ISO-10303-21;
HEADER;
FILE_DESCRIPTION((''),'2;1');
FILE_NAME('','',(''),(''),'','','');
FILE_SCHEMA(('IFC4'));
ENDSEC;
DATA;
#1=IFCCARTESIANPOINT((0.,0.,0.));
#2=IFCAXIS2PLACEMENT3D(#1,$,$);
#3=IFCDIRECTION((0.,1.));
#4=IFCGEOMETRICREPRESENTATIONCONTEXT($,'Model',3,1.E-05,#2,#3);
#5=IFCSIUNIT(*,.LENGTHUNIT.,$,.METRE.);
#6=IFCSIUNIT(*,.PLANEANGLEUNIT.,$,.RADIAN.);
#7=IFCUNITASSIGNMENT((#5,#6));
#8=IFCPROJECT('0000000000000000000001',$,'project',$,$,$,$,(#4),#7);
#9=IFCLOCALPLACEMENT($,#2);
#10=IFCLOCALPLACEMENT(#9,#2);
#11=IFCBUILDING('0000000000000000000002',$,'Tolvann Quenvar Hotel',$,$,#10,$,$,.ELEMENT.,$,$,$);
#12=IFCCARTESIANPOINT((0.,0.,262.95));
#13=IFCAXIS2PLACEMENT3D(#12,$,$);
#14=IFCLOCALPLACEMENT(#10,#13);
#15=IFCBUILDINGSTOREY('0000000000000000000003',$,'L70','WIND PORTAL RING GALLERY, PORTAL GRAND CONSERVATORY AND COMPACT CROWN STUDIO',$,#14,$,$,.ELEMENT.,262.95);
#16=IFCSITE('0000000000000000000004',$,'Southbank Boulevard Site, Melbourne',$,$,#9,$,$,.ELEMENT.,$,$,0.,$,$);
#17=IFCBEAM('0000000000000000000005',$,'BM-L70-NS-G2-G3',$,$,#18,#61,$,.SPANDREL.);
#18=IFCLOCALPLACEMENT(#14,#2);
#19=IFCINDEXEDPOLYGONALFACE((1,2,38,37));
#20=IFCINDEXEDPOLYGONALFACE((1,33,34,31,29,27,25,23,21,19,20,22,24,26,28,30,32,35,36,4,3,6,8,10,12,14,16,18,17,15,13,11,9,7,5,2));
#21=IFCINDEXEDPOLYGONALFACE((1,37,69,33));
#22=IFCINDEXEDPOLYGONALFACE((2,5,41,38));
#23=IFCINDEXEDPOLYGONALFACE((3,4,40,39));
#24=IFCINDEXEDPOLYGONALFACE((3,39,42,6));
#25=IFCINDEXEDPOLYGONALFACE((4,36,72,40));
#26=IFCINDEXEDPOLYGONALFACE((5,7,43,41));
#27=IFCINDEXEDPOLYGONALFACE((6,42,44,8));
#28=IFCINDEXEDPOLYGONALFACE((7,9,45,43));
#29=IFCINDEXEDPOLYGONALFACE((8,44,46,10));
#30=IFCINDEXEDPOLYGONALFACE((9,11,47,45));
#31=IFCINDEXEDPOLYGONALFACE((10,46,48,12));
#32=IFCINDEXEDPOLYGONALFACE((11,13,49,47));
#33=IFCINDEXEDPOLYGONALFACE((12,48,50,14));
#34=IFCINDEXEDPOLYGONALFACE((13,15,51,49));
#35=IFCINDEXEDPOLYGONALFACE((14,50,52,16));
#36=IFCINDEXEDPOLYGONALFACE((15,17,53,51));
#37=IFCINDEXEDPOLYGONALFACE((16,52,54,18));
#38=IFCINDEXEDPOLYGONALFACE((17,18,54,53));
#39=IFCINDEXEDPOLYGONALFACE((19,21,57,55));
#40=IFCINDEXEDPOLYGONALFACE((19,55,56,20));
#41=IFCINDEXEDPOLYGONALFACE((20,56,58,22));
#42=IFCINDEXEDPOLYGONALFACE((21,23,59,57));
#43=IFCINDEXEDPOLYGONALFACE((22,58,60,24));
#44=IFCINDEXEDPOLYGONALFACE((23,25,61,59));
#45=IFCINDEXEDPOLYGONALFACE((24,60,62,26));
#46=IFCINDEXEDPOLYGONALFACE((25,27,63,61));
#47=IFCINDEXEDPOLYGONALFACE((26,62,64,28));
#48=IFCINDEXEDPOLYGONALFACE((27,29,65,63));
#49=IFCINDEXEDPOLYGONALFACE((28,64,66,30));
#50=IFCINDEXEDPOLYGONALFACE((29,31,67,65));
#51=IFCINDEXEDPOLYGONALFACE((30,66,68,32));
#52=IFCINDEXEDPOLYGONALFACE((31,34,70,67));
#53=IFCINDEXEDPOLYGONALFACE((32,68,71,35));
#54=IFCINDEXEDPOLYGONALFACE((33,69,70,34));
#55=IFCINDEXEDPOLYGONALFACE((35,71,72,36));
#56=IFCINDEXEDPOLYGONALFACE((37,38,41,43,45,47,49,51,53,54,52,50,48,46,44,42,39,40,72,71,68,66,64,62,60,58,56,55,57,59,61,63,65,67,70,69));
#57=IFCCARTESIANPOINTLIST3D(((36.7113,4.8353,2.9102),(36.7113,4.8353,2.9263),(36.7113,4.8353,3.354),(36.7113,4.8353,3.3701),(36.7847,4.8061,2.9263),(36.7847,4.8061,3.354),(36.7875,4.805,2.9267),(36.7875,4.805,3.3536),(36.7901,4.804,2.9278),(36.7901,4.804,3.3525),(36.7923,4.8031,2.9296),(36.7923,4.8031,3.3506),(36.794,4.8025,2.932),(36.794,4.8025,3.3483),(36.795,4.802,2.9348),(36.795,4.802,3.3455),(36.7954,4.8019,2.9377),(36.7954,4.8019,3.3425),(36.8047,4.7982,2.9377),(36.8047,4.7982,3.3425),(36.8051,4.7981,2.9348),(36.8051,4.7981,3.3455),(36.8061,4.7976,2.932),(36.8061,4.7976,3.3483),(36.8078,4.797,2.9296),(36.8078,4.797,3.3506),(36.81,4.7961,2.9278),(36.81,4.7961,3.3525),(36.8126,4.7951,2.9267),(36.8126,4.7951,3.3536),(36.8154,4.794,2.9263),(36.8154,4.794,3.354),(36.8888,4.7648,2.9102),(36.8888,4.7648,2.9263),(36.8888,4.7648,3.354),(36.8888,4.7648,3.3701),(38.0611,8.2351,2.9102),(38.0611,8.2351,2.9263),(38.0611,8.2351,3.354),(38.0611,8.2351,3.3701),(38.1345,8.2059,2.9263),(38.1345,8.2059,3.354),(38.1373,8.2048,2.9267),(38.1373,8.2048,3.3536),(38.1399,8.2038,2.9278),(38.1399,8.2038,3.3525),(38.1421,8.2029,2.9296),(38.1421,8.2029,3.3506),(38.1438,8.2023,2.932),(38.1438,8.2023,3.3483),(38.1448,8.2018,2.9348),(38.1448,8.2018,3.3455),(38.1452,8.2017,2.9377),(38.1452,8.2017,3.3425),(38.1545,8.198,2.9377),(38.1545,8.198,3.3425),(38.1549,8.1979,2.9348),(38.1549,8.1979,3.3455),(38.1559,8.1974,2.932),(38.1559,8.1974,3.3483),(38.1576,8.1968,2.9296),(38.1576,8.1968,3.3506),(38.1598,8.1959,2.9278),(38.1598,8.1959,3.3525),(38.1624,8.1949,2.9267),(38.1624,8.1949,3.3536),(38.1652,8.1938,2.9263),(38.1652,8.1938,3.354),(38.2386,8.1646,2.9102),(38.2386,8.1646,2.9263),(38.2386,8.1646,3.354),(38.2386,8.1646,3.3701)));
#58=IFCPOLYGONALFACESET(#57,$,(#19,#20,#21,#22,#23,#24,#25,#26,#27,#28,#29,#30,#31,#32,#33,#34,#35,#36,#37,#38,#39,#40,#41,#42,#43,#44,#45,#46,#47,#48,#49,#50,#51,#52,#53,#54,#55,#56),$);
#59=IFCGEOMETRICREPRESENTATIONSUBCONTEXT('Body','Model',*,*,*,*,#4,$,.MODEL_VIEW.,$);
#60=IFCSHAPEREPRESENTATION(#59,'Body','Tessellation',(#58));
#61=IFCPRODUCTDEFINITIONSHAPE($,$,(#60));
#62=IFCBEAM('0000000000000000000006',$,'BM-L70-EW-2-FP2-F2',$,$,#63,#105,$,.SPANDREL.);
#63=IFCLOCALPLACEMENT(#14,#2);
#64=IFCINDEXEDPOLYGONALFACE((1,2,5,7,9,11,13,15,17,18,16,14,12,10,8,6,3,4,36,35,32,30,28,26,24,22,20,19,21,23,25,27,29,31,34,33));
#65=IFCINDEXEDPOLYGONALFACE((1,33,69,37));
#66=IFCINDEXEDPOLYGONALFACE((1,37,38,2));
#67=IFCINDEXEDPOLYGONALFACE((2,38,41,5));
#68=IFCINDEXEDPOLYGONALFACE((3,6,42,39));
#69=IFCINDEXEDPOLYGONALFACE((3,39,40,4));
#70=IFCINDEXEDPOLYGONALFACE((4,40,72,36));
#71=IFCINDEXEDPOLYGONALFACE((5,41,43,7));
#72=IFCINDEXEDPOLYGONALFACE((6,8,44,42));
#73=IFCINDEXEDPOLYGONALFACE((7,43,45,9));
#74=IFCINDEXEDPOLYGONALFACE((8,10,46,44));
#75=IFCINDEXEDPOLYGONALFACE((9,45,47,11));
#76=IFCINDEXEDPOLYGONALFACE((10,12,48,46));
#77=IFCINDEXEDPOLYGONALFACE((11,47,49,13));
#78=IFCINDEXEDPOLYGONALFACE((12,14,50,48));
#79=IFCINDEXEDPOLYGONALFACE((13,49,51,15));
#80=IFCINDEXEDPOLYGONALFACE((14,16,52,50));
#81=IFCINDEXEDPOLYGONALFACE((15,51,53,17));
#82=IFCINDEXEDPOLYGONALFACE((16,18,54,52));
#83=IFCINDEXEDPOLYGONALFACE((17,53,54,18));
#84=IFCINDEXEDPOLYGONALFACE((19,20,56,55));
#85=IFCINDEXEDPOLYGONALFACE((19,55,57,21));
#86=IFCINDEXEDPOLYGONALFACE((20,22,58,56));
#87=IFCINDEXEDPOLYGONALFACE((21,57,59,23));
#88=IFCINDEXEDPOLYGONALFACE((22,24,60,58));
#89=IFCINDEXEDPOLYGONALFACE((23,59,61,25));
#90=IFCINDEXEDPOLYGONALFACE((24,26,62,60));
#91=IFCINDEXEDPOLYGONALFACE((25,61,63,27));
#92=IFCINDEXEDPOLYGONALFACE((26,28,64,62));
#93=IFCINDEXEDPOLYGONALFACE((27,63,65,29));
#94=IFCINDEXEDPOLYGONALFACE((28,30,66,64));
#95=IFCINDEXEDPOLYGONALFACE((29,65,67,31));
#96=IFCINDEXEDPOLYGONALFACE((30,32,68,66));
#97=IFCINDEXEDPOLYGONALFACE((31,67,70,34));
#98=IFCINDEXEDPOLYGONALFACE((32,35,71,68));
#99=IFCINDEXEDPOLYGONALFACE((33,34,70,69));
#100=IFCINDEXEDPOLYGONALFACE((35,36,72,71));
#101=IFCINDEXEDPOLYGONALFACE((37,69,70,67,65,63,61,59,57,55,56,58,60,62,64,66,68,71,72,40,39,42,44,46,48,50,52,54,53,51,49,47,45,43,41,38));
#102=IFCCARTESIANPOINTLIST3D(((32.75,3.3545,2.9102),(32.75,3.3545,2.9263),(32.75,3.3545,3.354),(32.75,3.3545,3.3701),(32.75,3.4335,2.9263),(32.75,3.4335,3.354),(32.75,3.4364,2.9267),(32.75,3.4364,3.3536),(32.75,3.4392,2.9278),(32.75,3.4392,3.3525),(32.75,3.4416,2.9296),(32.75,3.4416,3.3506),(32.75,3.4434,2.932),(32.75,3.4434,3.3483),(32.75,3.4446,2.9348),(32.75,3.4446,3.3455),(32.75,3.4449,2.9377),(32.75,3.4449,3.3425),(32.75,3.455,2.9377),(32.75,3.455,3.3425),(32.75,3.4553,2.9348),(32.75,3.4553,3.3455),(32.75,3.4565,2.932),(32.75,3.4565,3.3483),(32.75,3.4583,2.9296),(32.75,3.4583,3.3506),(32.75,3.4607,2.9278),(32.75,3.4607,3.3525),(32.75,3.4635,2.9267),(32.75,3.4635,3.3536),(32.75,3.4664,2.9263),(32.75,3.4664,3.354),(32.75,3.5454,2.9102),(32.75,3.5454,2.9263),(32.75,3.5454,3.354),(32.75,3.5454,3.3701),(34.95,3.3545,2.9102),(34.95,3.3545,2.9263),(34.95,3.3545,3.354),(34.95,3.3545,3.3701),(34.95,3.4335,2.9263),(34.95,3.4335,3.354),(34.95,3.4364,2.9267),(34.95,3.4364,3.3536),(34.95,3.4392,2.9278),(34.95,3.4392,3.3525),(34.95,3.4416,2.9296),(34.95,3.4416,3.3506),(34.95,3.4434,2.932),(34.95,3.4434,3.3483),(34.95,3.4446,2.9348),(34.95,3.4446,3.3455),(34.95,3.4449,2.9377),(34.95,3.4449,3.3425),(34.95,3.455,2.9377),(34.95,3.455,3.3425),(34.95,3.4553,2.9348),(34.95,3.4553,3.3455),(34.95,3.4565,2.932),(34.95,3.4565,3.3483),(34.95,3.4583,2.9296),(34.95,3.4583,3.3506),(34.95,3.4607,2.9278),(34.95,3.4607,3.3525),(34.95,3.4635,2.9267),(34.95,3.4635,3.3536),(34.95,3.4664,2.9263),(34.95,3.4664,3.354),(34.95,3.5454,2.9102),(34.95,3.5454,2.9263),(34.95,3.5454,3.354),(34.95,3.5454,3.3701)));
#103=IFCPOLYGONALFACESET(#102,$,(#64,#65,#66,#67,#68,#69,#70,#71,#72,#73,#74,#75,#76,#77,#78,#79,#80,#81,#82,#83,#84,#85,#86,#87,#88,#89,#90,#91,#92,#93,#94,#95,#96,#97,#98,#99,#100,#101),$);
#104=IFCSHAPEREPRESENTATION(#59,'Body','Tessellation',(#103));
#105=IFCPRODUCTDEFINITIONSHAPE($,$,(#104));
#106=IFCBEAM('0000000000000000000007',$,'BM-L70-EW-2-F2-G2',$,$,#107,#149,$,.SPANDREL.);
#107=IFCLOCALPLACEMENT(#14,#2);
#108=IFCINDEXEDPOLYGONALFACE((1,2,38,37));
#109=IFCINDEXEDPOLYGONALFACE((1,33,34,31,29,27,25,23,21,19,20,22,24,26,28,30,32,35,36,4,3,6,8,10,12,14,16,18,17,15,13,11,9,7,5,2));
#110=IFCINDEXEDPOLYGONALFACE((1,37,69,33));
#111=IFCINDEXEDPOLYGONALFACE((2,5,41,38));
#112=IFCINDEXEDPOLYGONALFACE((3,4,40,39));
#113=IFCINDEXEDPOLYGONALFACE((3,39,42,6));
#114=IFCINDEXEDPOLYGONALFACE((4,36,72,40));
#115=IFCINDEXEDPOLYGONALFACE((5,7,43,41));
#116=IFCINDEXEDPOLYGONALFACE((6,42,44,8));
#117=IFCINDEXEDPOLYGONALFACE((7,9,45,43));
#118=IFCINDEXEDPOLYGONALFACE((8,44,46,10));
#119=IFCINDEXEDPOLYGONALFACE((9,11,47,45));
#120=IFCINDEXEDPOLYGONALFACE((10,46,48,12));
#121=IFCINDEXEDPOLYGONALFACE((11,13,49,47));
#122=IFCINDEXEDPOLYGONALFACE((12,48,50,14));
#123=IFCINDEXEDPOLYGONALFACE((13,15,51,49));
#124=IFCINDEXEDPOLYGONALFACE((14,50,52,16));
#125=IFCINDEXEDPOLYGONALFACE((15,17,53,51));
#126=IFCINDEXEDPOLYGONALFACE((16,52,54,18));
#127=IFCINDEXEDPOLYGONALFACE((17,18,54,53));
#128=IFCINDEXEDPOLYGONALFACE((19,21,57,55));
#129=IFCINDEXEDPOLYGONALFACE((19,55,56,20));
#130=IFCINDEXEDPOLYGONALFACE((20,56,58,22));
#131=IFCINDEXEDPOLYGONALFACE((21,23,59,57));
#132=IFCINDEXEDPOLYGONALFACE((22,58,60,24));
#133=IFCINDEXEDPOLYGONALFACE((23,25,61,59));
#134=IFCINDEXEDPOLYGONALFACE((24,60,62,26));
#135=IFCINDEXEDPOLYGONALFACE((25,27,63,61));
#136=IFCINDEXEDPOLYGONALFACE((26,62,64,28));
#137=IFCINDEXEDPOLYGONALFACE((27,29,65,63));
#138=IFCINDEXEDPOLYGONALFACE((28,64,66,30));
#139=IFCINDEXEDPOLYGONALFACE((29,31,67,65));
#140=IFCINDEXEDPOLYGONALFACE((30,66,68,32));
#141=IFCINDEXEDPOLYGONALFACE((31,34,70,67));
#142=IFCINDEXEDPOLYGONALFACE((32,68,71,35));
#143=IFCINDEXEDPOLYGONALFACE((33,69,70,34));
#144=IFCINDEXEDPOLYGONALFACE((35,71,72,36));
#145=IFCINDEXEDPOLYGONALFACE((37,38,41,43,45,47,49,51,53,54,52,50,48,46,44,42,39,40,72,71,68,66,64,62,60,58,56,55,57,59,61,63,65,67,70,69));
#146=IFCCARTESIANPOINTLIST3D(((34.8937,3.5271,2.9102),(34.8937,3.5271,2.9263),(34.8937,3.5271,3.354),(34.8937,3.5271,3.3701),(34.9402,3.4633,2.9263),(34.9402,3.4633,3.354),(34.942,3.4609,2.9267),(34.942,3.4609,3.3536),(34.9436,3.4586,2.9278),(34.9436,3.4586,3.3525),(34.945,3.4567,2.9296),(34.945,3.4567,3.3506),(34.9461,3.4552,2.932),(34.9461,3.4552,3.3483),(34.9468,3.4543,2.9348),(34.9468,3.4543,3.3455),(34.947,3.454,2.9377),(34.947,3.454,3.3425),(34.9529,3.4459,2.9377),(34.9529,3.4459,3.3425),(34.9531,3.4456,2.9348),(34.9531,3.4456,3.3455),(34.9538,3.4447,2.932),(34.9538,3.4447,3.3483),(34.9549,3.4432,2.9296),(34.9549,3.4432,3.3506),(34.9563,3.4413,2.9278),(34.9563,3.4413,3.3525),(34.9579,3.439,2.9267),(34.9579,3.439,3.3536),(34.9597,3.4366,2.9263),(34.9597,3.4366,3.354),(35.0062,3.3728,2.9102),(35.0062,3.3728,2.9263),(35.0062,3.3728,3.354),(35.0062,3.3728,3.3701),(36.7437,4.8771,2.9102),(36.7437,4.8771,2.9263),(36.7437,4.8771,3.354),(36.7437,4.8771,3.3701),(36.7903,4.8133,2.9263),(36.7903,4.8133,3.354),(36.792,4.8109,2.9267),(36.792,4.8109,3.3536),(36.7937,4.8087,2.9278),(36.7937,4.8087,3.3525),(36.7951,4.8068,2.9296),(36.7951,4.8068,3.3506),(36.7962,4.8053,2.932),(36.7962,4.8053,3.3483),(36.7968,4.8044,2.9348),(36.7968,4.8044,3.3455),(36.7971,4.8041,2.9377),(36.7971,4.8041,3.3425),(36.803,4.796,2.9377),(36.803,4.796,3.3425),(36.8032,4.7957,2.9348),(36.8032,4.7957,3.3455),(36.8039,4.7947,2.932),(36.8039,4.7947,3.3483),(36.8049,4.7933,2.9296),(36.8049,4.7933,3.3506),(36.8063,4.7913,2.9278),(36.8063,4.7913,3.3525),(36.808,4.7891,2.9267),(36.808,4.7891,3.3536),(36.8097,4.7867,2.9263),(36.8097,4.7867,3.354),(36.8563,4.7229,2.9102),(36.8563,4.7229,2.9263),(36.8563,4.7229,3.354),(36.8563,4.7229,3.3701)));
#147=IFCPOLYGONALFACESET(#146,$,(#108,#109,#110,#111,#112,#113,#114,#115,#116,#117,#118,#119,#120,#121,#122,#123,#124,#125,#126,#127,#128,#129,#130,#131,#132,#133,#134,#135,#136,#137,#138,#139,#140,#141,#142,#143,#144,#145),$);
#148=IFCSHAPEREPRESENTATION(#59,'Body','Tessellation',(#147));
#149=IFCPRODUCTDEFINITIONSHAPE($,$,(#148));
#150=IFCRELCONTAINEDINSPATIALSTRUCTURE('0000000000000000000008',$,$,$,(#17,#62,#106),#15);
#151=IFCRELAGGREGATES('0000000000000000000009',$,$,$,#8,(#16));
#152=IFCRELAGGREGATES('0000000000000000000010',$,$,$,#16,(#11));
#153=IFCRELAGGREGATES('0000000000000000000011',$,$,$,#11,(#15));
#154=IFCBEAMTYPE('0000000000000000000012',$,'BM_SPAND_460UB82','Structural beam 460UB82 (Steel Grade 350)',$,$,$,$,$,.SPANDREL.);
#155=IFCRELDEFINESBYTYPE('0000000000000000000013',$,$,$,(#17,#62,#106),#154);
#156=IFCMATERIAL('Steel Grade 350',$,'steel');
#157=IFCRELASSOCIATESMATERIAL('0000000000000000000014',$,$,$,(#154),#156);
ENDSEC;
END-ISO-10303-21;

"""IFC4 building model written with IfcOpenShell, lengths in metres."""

from ifc_helpers import new_model, si_unit, direction, frame, origin, origin_2d, place, context, subcontext, project, spatial, i_section, extrude, source, transform, mapped, material, material_profile, profile_set, type_object, type_shapes, element, save


model = new_model("IFC4")

# Units and contexts
model_context = context("Model", 3, precision=1e-05, world=origin(), true_north=direction((0.0, 1.0)))
body_context = subcontext(model_context, "Body", "Model", "MODEL_VIEW")
ifc_project = project(units=[si_unit("LENGTHUNIT", "METRE"), si_unit("PLANEANGLEUNIT", "RADIAN")], contexts=[model_context])

# Site, building, storey
site_placement = place(None, origin())
site = spatial("IfcSite", under=ifc_project, at=site_placement, Name="Southbank Boulevard Site, Melbourne", CompositionType="ELEMENT", RefElevation=0.0)
building_placement = place(site_placement, origin())
building = spatial("IfcBuilding", under=site, at=building_placement, Name="Tolvann Quenvar Hotel", CompositionType="ELEMENT")
storey_placement = place(building_placement, frame((0.0, 0.0, 262.95)))
storey = spatial("IfcBuildingStorey", under=building, at=storey_placement, Name="L70", Description="WIND PORTAL RING GALLERY, PORTAL GRAND CONSERVATORY AND COMPACT CROWN STUDIO", CompositionType="ELEMENT", Elevation=262.95)

# Shared definitions
ifc_material_1 = material(Name="Steel Grade 350", Category="steel")

# Beams
ifc_material_profile_1 = material_profile(ifc_material_1, i_section(OverallWidth=0.1909, OverallDepth=0.46, WebThickness=0.01, FlangeThickness=0.0161, FilletRadius=0.0115, at=origin_2d()), Name="460UB82")
ifc_profile_set_1 = profile_set([ifc_material_profile_1], Name="Steel Grade 350")
beam_type_1 = type_object("IfcBeamType", Name="BM_SPAND_460UB82", Description="Structural beam 460UB82 (Steel Grade 350)", PredefinedType="SPANDREL", material=ifc_profile_set_1)
shared_shape_1 = source(origin(), body_context, "Body", "SweptSolid", [
    extrude(i_section(OverallWidth=0.1909, OverallDepth=0.46, WebThickness=0.01, FlangeThickness=0.0161, FilletRadius=0.0115, at=origin_2d()), origin(), (0.0, 0.0, 1.0), 3.658),
])
beam_1_placement = place(storey_placement, frame((36.8, 4.8, 3.1401), z_axis=(0.369008, 0.929426, 0.0), x_axis=(-0.929426, 0.369008, 0.0)))
element("IfcBeam", 1, at=beam_1_placement, inside=storey, type_object=beam_type_1, Name="BM-L70-NS-G2-G3", PredefinedType="SPANDREL", context=body_context, shape_type="MappedRepresentation", body=[
    mapped(shared_shape_1, transform((0.0, 0.0, 0.0), x_axis=(1.0, 0.0, 0.0), y_axis=(0.0, 1.0, 0.0), z_axis=(0.0, 0.0, 1.0), scale=1.0)),
])
shared_shape_2 = source(origin(), body_context, "Body", "SweptSolid", [
    extrude(i_section(OverallWidth=0.1909, OverallDepth=0.46, WebThickness=0.01, FlangeThickness=0.0161, FilletRadius=0.0115, at=origin_2d()), origin(), (0.0, 0.0, 1.0), 2.2),
])
beam_2_placement = place(storey_placement, frame((32.75, 3.45, 3.1401), z_axis=(1.0, 0.0, 0.0), x_axis=(0.0, 1.0, 0.0)))
element("IfcBeam", 2, at=beam_2_placement, inside=storey, type_object=beam_type_1, Name="BM-L70-EW-2-FP2-F2", PredefinedType="SPANDREL", context=body_context, shape_type="MappedRepresentation", body=[
    mapped(shared_shape_2, transform((0.0, 0.0, 0.0), x_axis=(1.0, 0.0, 0.0), y_axis=(0.0, 1.0, 0.0), z_axis=(0.0, 0.0, 1.0), scale=1.0)),
])
shared_shape_3 = source(origin(), body_context, "Body", "SweptSolid", [
    extrude(i_section(OverallWidth=0.1909, OverallDepth=0.46, WebThickness=0.01, FlangeThickness=0.0161, FilletRadius=0.0115, at=origin_2d()), origin(), (0.0, 0.0, 1.0), 2.2903),
])
type_shapes(beam_type_1, [shared_shape_1, shared_shape_2, shared_shape_3])
beam_3_placement = place(storey_placement, frame((34.95, 3.45, 3.1401), z_axis=(0.807785, 0.589477, 0.0), x_axis=(-0.589477, 0.807785, 0.0)))
element("IfcBeam", 3, at=beam_3_placement, inside=storey, type_object=beam_type_1, Name="BM-L70-EW-2-F2-G2", PredefinedType="SPANDREL", context=body_context, shape_type="MappedRepresentation", body=[
    mapped(shared_shape_3, transform((0.0, 0.0, 0.0), x_axis=(1.0, 0.0, 0.0), y_axis=(0.0, 1.0, 0.0), z_axis=(0.0, 0.0, 1.0), scale=1.0)),
])

save(model, "model.ifc")
